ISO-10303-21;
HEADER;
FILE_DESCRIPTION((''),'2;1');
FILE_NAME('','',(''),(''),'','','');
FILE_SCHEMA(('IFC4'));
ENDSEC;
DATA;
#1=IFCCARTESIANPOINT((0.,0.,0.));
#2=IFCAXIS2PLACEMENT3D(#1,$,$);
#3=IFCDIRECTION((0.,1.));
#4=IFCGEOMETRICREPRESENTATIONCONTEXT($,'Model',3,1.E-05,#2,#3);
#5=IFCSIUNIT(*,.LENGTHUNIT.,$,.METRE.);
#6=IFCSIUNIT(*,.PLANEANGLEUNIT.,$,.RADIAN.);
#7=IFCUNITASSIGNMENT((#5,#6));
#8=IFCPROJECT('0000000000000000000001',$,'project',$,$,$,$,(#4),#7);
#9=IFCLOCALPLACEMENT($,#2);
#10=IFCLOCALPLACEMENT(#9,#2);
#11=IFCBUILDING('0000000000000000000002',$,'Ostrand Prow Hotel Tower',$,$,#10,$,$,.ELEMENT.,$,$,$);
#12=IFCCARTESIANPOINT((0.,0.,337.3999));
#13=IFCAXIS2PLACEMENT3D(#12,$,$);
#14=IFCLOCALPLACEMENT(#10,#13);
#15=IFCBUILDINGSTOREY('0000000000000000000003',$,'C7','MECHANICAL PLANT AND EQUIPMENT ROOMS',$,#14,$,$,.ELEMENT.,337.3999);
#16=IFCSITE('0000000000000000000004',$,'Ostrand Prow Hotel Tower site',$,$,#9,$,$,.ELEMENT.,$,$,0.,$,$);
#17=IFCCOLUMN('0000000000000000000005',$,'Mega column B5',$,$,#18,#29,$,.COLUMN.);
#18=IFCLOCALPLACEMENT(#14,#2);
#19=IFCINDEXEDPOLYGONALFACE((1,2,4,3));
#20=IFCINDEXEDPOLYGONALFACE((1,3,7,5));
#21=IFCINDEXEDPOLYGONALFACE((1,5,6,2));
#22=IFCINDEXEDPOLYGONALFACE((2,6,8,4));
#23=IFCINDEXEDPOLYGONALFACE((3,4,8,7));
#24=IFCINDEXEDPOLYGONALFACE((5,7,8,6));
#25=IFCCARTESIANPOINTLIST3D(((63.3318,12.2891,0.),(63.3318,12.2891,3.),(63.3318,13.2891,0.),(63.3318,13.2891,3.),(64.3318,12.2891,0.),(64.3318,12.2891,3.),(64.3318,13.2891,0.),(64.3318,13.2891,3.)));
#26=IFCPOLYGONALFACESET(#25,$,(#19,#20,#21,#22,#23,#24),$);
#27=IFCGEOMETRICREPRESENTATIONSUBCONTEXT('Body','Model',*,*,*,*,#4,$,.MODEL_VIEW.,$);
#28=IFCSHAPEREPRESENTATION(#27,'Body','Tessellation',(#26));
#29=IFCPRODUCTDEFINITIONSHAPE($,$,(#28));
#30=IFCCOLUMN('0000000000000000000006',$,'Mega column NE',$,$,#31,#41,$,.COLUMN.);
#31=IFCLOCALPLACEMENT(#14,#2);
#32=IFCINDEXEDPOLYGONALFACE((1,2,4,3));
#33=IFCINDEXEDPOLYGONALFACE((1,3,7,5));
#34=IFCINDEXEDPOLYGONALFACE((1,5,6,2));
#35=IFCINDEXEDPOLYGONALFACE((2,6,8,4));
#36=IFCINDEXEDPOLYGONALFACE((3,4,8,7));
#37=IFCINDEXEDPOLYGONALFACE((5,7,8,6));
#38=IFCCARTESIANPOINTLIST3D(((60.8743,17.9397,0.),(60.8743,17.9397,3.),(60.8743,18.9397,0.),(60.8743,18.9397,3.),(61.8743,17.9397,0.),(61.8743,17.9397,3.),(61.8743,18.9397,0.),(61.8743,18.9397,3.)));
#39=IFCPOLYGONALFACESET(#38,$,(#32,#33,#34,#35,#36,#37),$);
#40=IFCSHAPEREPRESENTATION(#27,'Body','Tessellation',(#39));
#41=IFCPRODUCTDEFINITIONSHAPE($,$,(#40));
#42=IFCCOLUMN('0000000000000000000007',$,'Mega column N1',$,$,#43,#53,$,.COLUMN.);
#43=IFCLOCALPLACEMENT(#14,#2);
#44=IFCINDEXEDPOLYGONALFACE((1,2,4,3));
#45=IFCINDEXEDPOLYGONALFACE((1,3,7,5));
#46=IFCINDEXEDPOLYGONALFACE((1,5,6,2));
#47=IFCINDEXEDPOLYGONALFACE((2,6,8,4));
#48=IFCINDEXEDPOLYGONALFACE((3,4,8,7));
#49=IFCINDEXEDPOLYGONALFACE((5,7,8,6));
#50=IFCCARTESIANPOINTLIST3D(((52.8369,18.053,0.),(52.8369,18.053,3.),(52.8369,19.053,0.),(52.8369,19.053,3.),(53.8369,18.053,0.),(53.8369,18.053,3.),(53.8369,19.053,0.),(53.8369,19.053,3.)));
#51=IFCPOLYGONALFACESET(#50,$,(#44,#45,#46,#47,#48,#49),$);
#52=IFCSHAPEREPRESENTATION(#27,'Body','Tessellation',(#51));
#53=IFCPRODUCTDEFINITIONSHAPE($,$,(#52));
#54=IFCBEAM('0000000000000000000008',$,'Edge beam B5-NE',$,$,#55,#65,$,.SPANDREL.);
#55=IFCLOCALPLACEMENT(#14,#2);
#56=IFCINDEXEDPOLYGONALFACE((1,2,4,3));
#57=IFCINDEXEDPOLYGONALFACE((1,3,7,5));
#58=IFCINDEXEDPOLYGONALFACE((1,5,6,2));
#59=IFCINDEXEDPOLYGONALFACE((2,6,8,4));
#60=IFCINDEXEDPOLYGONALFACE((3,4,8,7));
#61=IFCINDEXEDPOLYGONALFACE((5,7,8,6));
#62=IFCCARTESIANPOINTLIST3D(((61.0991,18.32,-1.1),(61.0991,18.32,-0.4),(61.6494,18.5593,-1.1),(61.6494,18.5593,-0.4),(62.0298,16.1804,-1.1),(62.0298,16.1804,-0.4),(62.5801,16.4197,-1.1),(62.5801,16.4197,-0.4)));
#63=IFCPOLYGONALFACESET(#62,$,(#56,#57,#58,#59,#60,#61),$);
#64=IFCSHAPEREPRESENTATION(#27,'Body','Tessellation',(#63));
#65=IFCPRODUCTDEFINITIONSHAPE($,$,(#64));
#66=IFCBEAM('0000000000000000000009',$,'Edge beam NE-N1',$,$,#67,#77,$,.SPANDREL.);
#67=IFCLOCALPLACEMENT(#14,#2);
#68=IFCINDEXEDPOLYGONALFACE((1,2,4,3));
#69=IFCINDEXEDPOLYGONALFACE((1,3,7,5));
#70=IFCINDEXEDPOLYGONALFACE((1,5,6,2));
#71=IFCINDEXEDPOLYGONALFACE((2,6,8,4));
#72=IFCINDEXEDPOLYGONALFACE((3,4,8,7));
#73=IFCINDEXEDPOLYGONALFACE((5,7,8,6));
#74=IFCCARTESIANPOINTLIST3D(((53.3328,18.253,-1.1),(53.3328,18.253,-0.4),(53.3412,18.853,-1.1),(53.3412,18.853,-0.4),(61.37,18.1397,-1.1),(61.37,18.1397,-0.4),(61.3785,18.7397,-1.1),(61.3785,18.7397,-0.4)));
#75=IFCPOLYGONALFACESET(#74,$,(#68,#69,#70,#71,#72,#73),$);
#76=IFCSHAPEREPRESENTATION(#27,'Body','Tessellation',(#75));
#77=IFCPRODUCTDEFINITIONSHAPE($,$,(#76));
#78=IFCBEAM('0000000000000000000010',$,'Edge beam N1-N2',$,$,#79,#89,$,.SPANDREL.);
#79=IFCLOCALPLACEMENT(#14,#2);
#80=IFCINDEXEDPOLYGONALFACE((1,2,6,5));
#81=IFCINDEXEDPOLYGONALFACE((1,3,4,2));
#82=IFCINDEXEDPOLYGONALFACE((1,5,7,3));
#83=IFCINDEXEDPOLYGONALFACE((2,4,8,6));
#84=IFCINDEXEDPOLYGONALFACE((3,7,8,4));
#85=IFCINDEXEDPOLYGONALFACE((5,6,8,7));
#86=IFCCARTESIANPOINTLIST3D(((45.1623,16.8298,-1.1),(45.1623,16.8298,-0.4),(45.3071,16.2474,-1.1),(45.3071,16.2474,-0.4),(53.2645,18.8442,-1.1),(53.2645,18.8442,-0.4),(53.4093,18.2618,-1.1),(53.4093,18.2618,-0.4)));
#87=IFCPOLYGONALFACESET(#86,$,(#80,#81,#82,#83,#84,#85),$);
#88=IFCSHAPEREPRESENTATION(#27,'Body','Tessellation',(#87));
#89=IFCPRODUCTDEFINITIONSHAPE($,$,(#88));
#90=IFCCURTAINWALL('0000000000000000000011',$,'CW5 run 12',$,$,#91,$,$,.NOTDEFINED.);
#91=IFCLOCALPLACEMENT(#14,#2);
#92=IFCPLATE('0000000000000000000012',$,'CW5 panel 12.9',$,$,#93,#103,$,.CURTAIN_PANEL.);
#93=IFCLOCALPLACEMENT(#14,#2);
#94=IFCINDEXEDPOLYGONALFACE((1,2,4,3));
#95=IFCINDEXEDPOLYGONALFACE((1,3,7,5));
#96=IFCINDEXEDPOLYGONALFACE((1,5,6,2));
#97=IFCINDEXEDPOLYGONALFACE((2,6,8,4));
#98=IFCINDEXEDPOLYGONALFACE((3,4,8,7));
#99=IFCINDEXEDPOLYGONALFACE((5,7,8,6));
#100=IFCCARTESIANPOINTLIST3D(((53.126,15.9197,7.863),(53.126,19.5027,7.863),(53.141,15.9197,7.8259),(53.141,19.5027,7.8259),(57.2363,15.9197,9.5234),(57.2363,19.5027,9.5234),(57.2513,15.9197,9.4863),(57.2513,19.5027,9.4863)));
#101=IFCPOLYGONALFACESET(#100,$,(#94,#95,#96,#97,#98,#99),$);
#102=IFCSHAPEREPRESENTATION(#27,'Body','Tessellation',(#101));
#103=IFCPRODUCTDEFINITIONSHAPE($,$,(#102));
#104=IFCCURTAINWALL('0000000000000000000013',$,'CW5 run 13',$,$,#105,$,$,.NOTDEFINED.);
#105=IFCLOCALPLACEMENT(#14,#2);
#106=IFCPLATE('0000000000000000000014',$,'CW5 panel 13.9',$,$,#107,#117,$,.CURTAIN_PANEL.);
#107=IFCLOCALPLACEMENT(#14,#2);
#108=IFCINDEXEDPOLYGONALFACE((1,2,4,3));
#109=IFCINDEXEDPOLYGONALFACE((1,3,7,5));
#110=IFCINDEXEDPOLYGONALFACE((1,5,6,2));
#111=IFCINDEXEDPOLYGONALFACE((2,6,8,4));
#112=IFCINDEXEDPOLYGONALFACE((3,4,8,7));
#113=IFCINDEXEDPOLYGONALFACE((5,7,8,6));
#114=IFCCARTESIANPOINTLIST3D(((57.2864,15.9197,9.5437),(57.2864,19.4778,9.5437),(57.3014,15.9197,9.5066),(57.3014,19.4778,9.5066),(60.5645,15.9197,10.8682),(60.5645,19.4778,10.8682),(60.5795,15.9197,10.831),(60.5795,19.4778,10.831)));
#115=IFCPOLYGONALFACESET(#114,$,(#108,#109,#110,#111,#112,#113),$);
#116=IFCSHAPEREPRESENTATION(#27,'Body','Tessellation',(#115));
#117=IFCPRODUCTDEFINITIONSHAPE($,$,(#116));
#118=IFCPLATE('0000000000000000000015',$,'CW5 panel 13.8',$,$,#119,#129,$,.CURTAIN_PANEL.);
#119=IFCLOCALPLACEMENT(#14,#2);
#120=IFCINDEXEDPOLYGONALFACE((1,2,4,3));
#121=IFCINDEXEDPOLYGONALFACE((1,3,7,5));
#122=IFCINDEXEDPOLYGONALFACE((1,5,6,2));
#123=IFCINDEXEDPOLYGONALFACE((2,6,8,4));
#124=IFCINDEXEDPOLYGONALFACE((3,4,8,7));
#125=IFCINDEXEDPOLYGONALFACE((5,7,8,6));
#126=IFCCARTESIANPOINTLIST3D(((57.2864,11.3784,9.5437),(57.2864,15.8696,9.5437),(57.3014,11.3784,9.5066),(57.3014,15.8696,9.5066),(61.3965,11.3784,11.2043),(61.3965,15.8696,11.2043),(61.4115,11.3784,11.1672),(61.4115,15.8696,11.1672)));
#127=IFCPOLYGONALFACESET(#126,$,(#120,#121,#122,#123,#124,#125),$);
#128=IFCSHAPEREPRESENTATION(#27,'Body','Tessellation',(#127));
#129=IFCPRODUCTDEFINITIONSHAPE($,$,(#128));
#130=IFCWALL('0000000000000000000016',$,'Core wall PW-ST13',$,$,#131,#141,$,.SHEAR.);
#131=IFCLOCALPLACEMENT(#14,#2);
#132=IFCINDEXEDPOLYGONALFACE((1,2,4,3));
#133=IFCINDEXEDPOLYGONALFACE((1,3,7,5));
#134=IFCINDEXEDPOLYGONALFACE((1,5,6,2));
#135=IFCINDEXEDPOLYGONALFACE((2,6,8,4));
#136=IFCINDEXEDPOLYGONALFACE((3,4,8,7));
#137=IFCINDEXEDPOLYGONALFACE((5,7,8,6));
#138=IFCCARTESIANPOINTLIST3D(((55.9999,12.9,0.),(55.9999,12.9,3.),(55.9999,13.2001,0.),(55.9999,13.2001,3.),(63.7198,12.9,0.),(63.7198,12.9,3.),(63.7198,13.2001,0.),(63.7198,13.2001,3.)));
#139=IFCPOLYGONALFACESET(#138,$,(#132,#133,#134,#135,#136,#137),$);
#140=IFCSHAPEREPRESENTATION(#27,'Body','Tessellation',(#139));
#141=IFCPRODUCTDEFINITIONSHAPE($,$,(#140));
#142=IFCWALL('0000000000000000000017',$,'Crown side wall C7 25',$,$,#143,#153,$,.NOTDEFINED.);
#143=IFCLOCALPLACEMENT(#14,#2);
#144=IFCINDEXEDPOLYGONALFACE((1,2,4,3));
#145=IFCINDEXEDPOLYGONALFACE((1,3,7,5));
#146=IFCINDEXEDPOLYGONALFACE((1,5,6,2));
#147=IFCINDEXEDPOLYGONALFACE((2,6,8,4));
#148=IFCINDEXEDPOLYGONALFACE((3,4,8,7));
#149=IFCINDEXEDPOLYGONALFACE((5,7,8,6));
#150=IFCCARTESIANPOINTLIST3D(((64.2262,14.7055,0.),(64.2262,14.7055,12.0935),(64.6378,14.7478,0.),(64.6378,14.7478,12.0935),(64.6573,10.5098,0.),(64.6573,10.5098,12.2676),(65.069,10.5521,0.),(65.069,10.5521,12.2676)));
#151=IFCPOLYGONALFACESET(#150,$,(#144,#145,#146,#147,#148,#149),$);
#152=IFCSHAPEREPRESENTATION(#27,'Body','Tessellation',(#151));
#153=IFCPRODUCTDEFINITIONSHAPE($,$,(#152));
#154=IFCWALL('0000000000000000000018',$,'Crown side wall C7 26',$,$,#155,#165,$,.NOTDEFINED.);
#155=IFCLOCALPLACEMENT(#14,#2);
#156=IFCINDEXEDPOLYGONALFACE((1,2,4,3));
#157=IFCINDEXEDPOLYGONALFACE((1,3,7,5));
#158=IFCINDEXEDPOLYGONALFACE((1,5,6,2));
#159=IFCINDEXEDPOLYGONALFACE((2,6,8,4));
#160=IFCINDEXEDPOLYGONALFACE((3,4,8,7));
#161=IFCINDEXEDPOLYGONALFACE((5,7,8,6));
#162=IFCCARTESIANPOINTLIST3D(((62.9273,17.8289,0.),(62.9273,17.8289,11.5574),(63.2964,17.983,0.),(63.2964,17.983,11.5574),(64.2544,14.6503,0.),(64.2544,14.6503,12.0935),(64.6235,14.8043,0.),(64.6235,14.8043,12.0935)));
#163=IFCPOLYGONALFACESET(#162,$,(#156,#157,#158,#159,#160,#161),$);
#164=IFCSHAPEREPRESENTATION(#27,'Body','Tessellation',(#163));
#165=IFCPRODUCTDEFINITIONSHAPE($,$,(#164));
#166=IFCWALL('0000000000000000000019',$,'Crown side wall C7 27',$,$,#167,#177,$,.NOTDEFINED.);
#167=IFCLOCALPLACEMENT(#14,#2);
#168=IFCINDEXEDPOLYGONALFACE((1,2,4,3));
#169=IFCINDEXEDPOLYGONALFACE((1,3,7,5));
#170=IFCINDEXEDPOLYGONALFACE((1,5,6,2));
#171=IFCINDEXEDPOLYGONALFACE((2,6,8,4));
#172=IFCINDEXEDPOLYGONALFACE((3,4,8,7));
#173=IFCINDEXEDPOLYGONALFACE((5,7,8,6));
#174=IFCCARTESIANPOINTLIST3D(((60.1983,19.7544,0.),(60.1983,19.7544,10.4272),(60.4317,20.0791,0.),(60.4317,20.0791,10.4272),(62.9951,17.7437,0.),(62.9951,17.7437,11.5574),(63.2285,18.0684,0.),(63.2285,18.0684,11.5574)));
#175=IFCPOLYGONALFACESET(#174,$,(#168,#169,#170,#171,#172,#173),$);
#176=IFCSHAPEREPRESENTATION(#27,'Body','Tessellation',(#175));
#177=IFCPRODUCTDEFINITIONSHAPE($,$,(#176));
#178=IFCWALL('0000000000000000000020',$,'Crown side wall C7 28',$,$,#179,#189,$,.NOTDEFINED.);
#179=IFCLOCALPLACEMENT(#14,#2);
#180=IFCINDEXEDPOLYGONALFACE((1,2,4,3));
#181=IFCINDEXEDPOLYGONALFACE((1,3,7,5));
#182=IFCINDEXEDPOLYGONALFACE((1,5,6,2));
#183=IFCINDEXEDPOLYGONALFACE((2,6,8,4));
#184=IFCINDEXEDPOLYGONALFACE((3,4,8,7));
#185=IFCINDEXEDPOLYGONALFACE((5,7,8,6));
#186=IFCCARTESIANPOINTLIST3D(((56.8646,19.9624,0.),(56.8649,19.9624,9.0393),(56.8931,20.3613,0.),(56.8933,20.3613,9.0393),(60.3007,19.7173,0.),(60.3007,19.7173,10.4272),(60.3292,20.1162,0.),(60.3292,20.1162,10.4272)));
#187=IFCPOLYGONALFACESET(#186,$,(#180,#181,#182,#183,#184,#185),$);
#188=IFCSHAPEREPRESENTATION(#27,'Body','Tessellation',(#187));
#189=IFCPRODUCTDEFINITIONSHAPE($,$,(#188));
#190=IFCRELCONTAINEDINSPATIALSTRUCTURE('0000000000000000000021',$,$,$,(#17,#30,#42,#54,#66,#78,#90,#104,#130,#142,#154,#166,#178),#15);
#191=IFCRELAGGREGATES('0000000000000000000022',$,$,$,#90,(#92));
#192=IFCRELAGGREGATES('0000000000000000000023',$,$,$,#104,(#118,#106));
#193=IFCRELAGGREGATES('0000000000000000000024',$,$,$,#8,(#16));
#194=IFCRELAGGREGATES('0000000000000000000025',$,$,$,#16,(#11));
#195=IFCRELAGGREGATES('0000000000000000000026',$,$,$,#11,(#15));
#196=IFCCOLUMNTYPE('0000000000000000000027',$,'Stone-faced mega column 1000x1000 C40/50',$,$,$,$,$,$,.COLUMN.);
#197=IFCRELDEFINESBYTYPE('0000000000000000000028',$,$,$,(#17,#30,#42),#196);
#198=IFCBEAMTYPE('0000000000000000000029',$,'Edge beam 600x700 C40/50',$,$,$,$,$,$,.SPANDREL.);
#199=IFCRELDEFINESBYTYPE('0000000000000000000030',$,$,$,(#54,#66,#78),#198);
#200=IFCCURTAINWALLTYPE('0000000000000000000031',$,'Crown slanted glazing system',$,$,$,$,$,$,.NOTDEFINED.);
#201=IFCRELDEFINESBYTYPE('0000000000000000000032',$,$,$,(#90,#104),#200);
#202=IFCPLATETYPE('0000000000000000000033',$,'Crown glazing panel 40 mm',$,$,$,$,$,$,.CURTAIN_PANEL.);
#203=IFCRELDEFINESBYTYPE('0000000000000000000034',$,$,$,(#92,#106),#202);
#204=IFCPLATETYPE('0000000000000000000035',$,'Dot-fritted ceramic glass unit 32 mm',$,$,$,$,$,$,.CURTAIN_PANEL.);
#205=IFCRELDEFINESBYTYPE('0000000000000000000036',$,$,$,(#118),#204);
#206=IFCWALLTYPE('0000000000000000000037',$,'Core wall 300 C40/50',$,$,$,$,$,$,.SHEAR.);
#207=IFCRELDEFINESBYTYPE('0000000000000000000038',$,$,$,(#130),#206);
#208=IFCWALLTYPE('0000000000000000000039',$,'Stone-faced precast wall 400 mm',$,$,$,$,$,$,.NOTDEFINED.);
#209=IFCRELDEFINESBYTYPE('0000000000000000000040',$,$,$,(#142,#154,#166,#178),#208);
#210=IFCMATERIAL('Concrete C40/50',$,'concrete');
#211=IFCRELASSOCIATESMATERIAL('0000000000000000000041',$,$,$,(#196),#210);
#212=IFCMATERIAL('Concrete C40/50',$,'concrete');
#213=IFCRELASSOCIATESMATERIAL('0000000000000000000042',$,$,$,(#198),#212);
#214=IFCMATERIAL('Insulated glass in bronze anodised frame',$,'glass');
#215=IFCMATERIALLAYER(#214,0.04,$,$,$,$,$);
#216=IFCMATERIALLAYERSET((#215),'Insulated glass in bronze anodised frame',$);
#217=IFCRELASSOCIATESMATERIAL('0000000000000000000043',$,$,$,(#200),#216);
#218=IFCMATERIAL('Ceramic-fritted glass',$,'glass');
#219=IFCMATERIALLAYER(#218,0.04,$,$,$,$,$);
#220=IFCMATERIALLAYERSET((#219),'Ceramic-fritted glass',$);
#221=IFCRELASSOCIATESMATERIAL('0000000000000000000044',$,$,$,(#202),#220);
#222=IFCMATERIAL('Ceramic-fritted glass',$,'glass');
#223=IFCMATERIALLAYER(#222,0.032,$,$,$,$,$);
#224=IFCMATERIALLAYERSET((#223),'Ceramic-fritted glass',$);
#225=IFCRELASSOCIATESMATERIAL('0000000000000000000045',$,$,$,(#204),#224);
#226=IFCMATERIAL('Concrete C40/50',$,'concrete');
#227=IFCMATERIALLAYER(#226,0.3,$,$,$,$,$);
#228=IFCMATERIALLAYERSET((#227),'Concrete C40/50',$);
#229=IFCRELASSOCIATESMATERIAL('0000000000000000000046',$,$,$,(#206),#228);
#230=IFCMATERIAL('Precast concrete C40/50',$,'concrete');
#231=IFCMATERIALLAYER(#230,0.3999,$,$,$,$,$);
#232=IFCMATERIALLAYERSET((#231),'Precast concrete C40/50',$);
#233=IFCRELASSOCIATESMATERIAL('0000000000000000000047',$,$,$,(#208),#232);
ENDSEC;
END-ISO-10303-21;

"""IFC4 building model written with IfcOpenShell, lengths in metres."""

from ifc_helpers import new_model, si_unit, direction, frame, frame_2d, origin, origin_2d, place, context, subcontext, project, spatial, polyline, rectangle, outline, extrude, material, layer, layer_set, material_profile, profile_set, type_object, element, aggregate, save


model = new_model("IFC4")

# Units and contexts
model_context = context("Model", 3, precision=1e-05, world=origin(), true_north=direction((0.0, 1.0)))
body_context = subcontext(model_context, "Body", "Model", "MODEL_VIEW")
ifc_project = project(units=[si_unit("LENGTHUNIT", "METRE"), si_unit("PLANEANGLEUNIT", "RADIAN")], contexts=[model_context])

# Site, building, storey
site_placement = place(None, origin())
site = spatial("IfcSite", under=ifc_project, at=site_placement, Name="Ostrand Prow Hotel Tower site", CompositionType="ELEMENT", RefElevation=0.0)
building_placement = place(site_placement, origin())
building = spatial("IfcBuilding", under=site, at=building_placement, Name="Ostrand Prow Hotel Tower", CompositionType="ELEMENT")
storey_placement = place(building_placement, frame((0.0, 0.0, 337.3999)))
storey = spatial("IfcBuildingStorey", under=building, at=storey_placement, Name="C7", Description="MECHANICAL PLANT AND EQUIPMENT ROOMS", CompositionType="ELEMENT", Elevation=337.3999)

# Columns
ifc_material_1 = material(Name="Concrete C40/50", Category="concrete")
ifc_material_profile_1 = material_profile(ifc_material_1, rectangle(XDim=1.0, YDim=1.0, at=origin_2d()), Name="RC 1000x1000")
ifc_profile_set_1 = profile_set([ifc_material_profile_1], Name="Concrete C40/50")
column_type = type_object("IfcColumnType", Name="Stone-faced mega column 1000x1000 C40/50", PredefinedType="COLUMN", material=ifc_profile_set_1)
for number, where, z_axis, x_axis, name in (
    (1, (63.8318, 12.7891, 0.0), (0.0, 0.0, 1.0), (1.0, 0.0, 0.0), "Mega column B5"),
    (2, (61.3743, 18.4397, 0.0), (0.0, 0.0, 1.0), (1.0, 0.0, 0.0), "Mega column NE"),
    (3, (53.3369, 18.553, 0.0), (0.0, 0.0, 1.0), (1.0, 0.0, 0.0), "Mega column N1"),
):
    element("IfcColumn", number, at=place(storey_placement, frame(where, z_axis=z_axis, x_axis=x_axis)), inside=storey, type_object=column_type, Name=name, PredefinedType="COLUMN", context=body_context, shape_type="SweptSolid", body=[
        extrude(rectangle(XDim=1.0, YDim=1.0, at=origin_2d()), origin(), (0.0, 0.0, 1.0), 3.0),
    ])

# Beams
ifc_material_2 = material(Name="Concrete C40/50", Category="concrete")
ifc_material_profile_2 = material_profile(ifc_material_2, rectangle(XDim=0.6001, YDim=0.7, at=origin_2d()), Name="RC 600x700")
ifc_profile_set_2 = profile_set([ifc_material_profile_2], Name="Concrete C40/50")
beam_type = type_object("IfcBeamType", Name="Edge beam 600x700 C40/50", PredefinedType="SPANDREL", material=ifc_profile_set_2)
beam_1_placement = place(storey_placement, frame((62.3049, 16.3, -0.75), z_axis=(-0.398864, 0.91701, 0.0), x_axis=(-0.91701, -0.398864, 0.0)))
element("IfcBeam", 4, at=beam_1_placement, inside=storey, type_object=beam_type, Name="Edge beam B5-NE", PredefinedType="SPANDREL", context=body_context, shape_type="SweptSolid", body=[
    extrude(rectangle(XDim=0.6001, YDim=0.7, at=origin_2d()), origin(), (0.0, 0.0, 1.0), 2.3333),
])
beam_2_placement = place(storey_placement, frame((61.3743, 18.4397, -0.75), z_axis=(-0.999901, 0.014093, 0.0), x_axis=(-0.014093, -0.999901, 0.0)))
element("IfcBeam", 5, at=beam_2_placement, inside=storey, type_object=beam_type, Name="Edge beam NE-N1", PredefinedType="SPANDREL", context=body_context, shape_type="SweptSolid", body=[
    extrude(rectangle(XDim=0.6001, YDim=0.7, at=origin_2d()), origin(), (0.0, 0.0, 1.0), 8.0381),
])
beam_3_placement = place(storey_placement, frame((53.3369, 18.553, -0.75), z_axis=(-0.970456, -0.241276, 0.0), x_axis=(0.241276, -0.970456, 0.0)))
element("IfcBeam", 6, at=beam_3_placement, inside=storey, type_object=beam_type, Name="Edge beam N1-N2", PredefinedType="SPANDREL", context=body_context, shape_type="SweptSolid", body=[
    extrude(rectangle(XDim=0.6001, YDim=0.7, at=origin_2d()), origin(), (0.0, 0.0, 1.0), 8.3489),
])

# Curtain wall, plate
ifc_material_3 = material(Name="Insulated glass in bronze anodised frame", Category="glass")
ifc_layer_1 = layer(ifc_material_3, 0.04)
ifc_layer_set_1 = layer_set([ifc_layer_1], Name="Insulated glass in bronze anodised frame")
curtain_wall_type = type_object("IfcCurtainWallType", Name="Crown slanted glazing system", PredefinedType="NOTDEFINED", material=ifc_layer_set_1)
curtain_wall_1_placement = place(storey_placement, origin())
curtain_wall_1 = element("IfcCurtainWall", 7, at=curtain_wall_1_placement, inside=storey, type_object=curtain_wall_type, Name="CW5 run 12", PredefinedType="NOTDEFINED")
ifc_material_4 = material(Name="Ceramic-fritted glass", Category="glass")
ifc_layer_2 = layer(ifc_material_4, 0.04)
ifc_layer_set_2 = layer_set([ifc_layer_2], Name="Ceramic-fritted glass")
plate_type_1 = type_object("IfcPlateType", Name="Crown glazing panel 40 mm", PredefinedType="CURTAIN_PANEL", material=ifc_layer_set_2)
plate_1_placement = place(storey_placement, frame((57.2363, 15.9197, 9.5234), z_axis=(-0.37455, 0.0, 0.927207), x_axis=(0.0, 1.0, 0.0)))
plate_1 = element("IfcPlate", 8, at=plate_1_placement, type_object=plate_type_1, Name="CW5 panel 12.9", PredefinedType="CURTAIN_PANEL", context=body_context, shape_type="SweptSolid", body=[
    extrude(outline(polyline([(0.0, 0.0), (3.583, 0.0), (3.583, 4.433), (0.0, 4.433), (0.0, 0.0)])), origin(), (0.0, 0.0, -1.0), 0.04),
])
aggregate(curtain_wall_1, [plate_1])

# Curtain wall, plates
curtain_wall_2_placement = place(storey_placement, origin())
curtain_wall_2 = element("IfcCurtainWall", 9, at=curtain_wall_2_placement, inside=storey, type_object=curtain_wall_type, Name="CW5 run 13", PredefinedType="NOTDEFINED")
plate_2_placement = place(storey_placement, frame((60.5645, 15.9197, 10.8682), z_axis=(-0.374615, 0.0, 0.92718), x_axis=(0.0, 1.0, 0.0)))
plate_2 = element("IfcPlate", 10, at=plate_2_placement, type_object=plate_type_1, Name="CW5 panel 13.9", PredefinedType="CURTAIN_PANEL", context=body_context, shape_type="SweptSolid", body=[
    extrude(outline(polyline([(0.0, 0.0), (3.5581, 0.0), (3.5581, 3.5355), (0.0, 3.5355), (0.0, 0.0)])), origin(), (0.0, 0.0, -1.0), 0.04),
])
ifc_material_5 = material(Name="Ceramic-fritted glass", Category="glass")
ifc_layer_3 = layer(ifc_material_5, 0.032)
ifc_layer_set_3 = layer_set([ifc_layer_3], Name="Ceramic-fritted glass")
plate_type_2 = type_object("IfcPlateType", Name="Dot-fritted ceramic glass unit 32 mm", PredefinedType="CURTAIN_PANEL", material=ifc_layer_set_3)
plate_3_placement = place(storey_placement, frame((57.2864, 11.3784, 9.5437), z_axis=(-0.374617, 0.0, 0.92718), x_axis=(0.92718, 0.0, 0.374617)))
plate_3 = element("IfcPlate", 11, at=plate_3_placement, type_object=plate_type_2, Name="CW5 panel 13.8", PredefinedType="CURTAIN_PANEL", context=body_context, shape_type="SweptSolid", body=[
    extrude(outline(polyline([(0.0, 0.0), (4.4329, 0.0), (4.4329, 4.4912), (0.0, 4.4912), (0.0, 0.0)])), origin(), (0.0, 0.0, -1.0), 0.04),
])
aggregate(curtain_wall_2, [plate_3, plate_2])

# Walls
ifc_material_6 = material(Name="Concrete C40/50", Category="concrete")
ifc_layer_4 = layer(ifc_material_6, 0.3)
ifc_layer_set_4 = layer_set([ifc_layer_4], Name="Concrete C40/50")
wall_type_1 = type_object("IfcWallType", Name="Core wall 300 C40/50", PredefinedType="SHEAR", material=ifc_layer_set_4)
wall_1_placement = place(storey_placement, frame((56.0, 13.05, 0.0), z_axis=(0.0, 0.0, 1.0), x_axis=(1.0, 0.0, 0.0)))
element("IfcWall", 12, at=wall_1_placement, inside=storey, type_object=wall_type_1, Name="Core wall PW-ST13", PredefinedType="SHEAR", context=body_context, shape_type="SweptSolid", body=[
    extrude(rectangle(XDim=7.72, YDim=0.3, at=frame_2d((3.8599, 0.0))), origin(), (0.0, 0.0, 1.0), 3.0),
])
ifc_material_7 = material(Name="Precast concrete C40/50", Category="concrete")
ifc_layer_5 = layer(ifc_material_7, 0.3999)
ifc_layer_set_5 = layer_set([ifc_layer_5], Name="Precast concrete C40/50")
wall_type_2 = type_object("IfcWallType", Name="Stone-faced precast wall 400 mm", PredefinedType="NOTDEFINED", material=ifc_layer_set_5)
wall_2_placement = place(storey_placement, frame((64.8633, 10.531, 0.0), z_axis=(0.0, 0.0, 1.0), x_axis=(-0.10222, 0.994762, 0.0)))
element("IfcWall", 13, at=wall_2_placement, inside=storey, type_object=wall_type_2, Name="Crown side wall C7 25", PredefinedType="NOTDEFINED", context=body_context, shape_type="SweptSolid", body=[
    extrude(outline(polyline([(0.0, 0.0), (4.2178, 0.0), (4.2178, 12.0935), (0.0, 12.2676), (0.0, 0.0)])), frame((0.0, 0.207, 0.0), z_axis=(0.0, -1.0, 0.0), x_axis=(1.0, 0.0, 0.0)), (0.0, 0.0, 1.0), 0.4138),
])
wall_3_placement = place(storey_placement, frame((64.439, 14.7273, 0.0), z_axis=(0.0, 0.0, 1.0), x_axis=(-0.38528, 0.9228, 0.0)))
element("IfcWall", 14, at=wall_3_placement, inside=storey, type_object=wall_type_2, Name="Crown side wall C7 26", PredefinedType="NOTDEFINED", context=body_context, shape_type="SweptSolid", body=[
    extrude(outline(polyline([(0.0, 0.0), (3.4446, 0.0), (3.4446, 11.5574), (0.0, 12.0935), (0.0, 0.0)])), frame((0.0, 0.2, 0.0), z_axis=(0.0, -1.0, 0.0), x_axis=(1.0, 0.0, 0.0)), (0.0, 0.0, 1.0), 0.3999),
])
wall_4_placement = place(storey_placement, frame((63.1118, 17.906, 0.0), z_axis=(0.0, 0.0, 1.0), x_axis=(-0.811948, 0.58373, 0.0)))
element("IfcWall", 15, at=wall_4_placement, inside=storey, type_object=wall_type_2, Name="Crown side wall C7 27", PredefinedType="NOTDEFINED", context=body_context, shape_type="SweptSolid", body=[
    extrude(outline(polyline([(0.0, 0.0), (3.4446, 0.0), (3.4446, 10.4272), (0.0, 11.5574), (0.0, 0.0)])), frame((0.0, 0.2, 0.0), z_axis=(0.0, -1.0, 0.0), x_axis=(1.0, 0.0, 0.0)), (0.0, 0.0, 1.0), 0.3999),
])
wall_5_placement = place(storey_placement, frame((60.3149, 19.9167, 0.0), z_axis=(0.0, 0.0, 1.0), x_axis=(-0.997465, 0.071156, 0.0)))
element("IfcWall", 16, at=wall_5_placement, inside=storey, type_object=wall_type_2, Name="Crown side wall C7 28", PredefinedType="NOTDEFINED", context=body_context, shape_type="SweptSolid", body=[
    extrude(outline(polyline([(0.0, 0.0), (3.4448, 0.0), (3.4446, 9.0393), (0.0, 10.4272), (0.0, 0.0)])), frame((0.0, 0.2, 0.0), z_axis=(0.0, -1.0, 0.0), x_axis=(1.0, 0.0, 0.0)), (0.0, 0.0, 1.0), 0.3999),
])

save(model, "model.ifc")
